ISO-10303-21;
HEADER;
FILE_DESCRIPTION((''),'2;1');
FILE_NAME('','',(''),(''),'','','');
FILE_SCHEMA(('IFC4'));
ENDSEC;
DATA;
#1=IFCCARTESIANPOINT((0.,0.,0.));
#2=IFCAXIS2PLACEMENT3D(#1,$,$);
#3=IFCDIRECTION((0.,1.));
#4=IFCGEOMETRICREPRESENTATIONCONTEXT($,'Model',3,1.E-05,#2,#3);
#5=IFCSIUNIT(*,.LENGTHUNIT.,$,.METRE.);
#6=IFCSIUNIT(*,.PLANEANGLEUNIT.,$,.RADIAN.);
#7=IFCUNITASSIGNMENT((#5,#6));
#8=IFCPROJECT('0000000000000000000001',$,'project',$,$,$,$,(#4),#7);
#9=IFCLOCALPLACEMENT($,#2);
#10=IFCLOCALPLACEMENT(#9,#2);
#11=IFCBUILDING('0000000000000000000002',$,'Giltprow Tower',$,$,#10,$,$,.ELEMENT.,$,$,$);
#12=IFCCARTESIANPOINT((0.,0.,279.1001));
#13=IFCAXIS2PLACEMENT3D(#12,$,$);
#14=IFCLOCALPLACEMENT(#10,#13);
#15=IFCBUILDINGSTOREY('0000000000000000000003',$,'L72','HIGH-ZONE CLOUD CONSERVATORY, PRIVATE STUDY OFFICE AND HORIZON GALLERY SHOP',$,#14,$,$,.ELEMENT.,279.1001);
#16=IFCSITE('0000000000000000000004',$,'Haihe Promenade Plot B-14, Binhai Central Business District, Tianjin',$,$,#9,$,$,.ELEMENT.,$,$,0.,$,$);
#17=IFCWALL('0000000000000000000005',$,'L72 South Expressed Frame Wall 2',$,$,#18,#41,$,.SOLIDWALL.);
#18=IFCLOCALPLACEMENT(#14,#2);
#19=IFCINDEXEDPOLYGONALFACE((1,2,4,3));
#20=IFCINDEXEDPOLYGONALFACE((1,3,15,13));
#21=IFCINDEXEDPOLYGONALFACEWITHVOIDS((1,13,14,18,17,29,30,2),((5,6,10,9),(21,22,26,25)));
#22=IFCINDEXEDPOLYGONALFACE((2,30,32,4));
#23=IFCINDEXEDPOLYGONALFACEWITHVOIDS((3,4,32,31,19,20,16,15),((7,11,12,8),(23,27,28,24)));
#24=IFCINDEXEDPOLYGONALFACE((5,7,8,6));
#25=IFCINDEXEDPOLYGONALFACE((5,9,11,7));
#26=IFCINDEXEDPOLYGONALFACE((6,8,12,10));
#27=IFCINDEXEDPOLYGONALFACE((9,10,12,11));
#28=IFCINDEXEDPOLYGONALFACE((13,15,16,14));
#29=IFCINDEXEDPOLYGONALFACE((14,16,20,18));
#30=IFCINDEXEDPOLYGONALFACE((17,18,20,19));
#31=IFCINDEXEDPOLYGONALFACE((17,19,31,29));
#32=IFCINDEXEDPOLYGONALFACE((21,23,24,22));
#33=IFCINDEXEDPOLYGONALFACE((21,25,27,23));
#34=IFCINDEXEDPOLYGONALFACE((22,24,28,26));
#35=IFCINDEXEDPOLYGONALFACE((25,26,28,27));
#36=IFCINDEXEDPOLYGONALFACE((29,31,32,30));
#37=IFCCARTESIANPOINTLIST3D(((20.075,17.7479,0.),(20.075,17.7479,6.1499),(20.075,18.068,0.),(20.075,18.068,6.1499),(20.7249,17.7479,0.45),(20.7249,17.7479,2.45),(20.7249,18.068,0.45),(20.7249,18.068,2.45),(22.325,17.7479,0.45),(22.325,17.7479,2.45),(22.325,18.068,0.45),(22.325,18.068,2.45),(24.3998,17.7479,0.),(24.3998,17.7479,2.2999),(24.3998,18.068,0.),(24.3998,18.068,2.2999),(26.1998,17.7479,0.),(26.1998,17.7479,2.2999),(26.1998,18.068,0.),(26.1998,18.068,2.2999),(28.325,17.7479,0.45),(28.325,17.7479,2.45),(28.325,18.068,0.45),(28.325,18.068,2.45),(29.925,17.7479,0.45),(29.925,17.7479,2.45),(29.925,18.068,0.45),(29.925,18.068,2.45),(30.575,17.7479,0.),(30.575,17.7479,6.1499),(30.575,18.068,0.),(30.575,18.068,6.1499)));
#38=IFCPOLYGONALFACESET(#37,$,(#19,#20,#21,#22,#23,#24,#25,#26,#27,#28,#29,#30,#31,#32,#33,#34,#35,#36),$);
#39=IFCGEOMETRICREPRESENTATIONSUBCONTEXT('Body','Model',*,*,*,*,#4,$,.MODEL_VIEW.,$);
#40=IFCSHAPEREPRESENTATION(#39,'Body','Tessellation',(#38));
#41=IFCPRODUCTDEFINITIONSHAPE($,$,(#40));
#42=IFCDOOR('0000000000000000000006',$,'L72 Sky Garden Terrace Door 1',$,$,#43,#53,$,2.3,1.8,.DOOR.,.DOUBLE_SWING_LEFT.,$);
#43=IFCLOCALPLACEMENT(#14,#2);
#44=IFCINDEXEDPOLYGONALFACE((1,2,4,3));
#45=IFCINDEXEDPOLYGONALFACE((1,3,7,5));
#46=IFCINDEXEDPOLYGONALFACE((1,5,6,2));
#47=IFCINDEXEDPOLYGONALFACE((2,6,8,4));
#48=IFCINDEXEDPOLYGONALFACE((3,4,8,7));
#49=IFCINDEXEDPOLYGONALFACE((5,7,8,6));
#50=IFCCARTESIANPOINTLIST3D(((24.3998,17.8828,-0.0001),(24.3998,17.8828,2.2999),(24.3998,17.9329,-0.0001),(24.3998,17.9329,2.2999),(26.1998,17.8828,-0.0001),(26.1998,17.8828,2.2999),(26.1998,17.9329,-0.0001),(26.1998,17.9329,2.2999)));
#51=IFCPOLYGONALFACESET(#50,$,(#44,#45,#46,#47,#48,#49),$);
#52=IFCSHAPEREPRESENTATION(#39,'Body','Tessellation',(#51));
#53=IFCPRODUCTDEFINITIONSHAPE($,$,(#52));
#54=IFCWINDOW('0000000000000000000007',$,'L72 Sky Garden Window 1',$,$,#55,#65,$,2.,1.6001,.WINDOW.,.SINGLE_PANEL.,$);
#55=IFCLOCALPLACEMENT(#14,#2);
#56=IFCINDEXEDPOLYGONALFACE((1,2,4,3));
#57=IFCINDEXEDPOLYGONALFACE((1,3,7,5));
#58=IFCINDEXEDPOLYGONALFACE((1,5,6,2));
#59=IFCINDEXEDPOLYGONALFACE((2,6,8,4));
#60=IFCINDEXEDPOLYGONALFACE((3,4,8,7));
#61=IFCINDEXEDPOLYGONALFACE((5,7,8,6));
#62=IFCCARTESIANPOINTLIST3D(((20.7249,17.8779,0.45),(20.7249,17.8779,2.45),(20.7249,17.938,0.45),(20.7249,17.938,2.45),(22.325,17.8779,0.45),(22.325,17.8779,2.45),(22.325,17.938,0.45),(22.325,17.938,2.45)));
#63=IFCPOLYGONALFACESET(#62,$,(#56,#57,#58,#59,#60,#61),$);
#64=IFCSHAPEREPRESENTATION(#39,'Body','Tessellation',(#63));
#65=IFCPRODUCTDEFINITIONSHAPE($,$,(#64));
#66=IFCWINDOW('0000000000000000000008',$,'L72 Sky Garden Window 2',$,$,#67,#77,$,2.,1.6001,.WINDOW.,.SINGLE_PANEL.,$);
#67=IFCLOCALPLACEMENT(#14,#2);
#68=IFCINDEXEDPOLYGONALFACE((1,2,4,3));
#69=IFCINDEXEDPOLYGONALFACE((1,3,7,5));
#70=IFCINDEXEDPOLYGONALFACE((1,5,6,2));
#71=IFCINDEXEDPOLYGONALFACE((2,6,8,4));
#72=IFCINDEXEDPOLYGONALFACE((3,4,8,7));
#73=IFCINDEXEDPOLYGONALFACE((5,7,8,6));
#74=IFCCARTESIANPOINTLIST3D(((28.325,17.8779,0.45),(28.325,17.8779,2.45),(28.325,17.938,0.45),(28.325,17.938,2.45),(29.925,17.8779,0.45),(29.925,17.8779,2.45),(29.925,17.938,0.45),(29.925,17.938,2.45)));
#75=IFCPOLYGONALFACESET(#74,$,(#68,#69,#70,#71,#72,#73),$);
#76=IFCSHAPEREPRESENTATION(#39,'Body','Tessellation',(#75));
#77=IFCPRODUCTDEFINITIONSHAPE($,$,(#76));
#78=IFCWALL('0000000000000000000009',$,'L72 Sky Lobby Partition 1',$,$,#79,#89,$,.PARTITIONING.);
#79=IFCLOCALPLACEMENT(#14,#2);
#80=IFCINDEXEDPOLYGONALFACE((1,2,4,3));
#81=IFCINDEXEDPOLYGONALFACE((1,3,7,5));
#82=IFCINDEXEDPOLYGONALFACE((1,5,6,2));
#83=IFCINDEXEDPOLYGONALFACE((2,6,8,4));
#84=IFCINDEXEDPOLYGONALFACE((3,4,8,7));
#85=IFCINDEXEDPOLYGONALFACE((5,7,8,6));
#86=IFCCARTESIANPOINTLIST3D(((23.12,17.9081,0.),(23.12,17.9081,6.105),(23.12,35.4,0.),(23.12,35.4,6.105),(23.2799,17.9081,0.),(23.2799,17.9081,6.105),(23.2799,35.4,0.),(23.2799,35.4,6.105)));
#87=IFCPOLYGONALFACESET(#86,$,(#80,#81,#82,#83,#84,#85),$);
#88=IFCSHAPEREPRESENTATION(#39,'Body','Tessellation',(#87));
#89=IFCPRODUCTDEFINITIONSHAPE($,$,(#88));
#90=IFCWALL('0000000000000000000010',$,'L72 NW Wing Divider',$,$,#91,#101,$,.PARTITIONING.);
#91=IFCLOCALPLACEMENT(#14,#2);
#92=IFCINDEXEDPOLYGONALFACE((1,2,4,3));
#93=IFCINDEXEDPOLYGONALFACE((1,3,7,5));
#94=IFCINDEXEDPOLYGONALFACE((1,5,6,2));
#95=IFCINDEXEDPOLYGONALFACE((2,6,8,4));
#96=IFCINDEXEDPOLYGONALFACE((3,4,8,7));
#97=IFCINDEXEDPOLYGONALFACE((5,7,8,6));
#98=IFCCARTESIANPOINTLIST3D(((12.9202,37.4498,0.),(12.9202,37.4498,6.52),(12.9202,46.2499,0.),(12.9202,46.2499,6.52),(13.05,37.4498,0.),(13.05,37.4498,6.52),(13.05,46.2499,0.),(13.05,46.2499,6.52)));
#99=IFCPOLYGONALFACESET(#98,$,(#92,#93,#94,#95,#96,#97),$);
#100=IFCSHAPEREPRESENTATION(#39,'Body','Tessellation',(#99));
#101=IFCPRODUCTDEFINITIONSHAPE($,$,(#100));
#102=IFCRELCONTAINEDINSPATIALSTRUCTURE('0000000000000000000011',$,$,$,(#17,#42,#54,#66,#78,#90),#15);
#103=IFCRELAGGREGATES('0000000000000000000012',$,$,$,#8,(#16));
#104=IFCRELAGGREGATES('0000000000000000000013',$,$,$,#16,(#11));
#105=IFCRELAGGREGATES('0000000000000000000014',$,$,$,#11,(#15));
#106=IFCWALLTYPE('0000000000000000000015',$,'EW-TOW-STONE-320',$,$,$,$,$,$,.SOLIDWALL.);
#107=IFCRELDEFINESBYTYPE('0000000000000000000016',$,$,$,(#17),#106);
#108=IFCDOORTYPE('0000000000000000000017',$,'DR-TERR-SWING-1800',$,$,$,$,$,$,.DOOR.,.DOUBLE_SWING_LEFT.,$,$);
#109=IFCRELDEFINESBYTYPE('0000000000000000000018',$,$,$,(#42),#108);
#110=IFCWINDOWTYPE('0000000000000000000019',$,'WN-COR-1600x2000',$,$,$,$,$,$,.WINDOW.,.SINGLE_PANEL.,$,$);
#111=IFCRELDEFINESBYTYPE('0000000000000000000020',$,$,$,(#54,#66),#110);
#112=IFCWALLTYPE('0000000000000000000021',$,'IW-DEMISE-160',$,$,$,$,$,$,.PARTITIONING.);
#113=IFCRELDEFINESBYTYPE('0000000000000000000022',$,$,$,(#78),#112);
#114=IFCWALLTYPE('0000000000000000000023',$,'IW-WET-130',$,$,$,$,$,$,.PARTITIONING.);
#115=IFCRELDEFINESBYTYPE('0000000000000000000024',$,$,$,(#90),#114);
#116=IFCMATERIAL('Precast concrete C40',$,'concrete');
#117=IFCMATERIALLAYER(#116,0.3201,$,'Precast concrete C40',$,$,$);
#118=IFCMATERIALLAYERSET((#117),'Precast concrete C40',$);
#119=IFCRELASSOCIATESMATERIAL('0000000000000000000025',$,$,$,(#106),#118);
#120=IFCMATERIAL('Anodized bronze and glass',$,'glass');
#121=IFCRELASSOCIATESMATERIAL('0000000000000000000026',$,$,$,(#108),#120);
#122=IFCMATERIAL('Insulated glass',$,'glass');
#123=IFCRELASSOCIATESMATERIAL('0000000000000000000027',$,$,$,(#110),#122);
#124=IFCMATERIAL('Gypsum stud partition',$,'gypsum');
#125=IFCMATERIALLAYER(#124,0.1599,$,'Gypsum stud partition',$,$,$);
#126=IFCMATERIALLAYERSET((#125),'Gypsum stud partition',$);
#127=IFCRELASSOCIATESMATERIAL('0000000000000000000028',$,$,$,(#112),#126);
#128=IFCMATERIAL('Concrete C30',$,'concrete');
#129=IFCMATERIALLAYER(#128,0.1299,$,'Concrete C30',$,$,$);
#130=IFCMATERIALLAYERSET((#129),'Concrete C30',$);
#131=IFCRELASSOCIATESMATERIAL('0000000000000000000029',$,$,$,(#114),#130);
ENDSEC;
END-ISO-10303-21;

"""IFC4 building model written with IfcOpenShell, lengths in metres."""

from ifc_helpers import new_model, si_unit, direction, frame, frame_2d, origin, place, context, subcontext, project, spatial, rectangle, extrude, source, transform, mapped, material, layer, layer_set, type_object, element, fill, save


model = new_model("IFC4")

# Units and contexts
model_context = context("Model", 3, precision=1e-05, world=origin(), true_north=direction((0.0, 1.0)))
body_context = subcontext(model_context, "Body", "Model", "MODEL_VIEW")
ifc_project = project(units=[si_unit("LENGTHUNIT", "METRE"), si_unit("PLANEANGLEUNIT", "RADIAN")], contexts=[model_context])

# Site, building, storey
site_placement = place(None, origin())
site = spatial("IfcSite", under=ifc_project, at=site_placement, Name="Haihe Promenade Plot B-14, Binhai Central Business District, Tianjin", CompositionType="ELEMENT", RefElevation=0.0)
building_placement = place(site_placement, origin())
building = spatial("IfcBuilding", under=site, at=building_placement, Name="Giltprow Tower", CompositionType="ELEMENT")
storey_placement = place(building_placement, frame((0.0, 0.0, 279.1001)))
storey = spatial("IfcBuildingStorey", under=building, at=storey_placement, Name="L72", Description="HIGH-ZONE CLOUD CONSERVATORY, PRIVATE STUDY OFFICE AND HORIZON GALLERY SHOP", CompositionType="ELEMENT", Elevation=279.1001)

# Shared definitions
ifc_material_1 = material(Name="Insulated glass", Category="glass")

# Wall, openings, door, windows
ifc_material_2 = material(Name="Precast concrete C40", Category="concrete")
ifc_layer_1 = layer(ifc_material_2, 0.3201, Name="Precast concrete C40")
ifc_layer_set_1 = layer_set([ifc_layer_1], Name="Precast concrete C40")
wall_type_1 = type_object("IfcWallType", Name="EW-TOW-STONE-320", PredefinedType="SOLIDWALL", material=ifc_layer_set_1)
wall_1_placement = place(storey_placement, frame((20.075, 17.908, 0.0), z_axis=(0.0, 0.0, 1.0), x_axis=(1.0, 0.0, 0.0)))
wall_1 = element("IfcWall", 1, at=wall_1_placement, inside=storey, type_object=wall_type_1, Name="L72 South Expressed Frame Wall 2", PredefinedType="SOLIDWALL", context=body_context, shape_type="SweptSolid", body=[
    extrude(rectangle(XDim=10.5, YDim=0.3201, at=frame_2d((5.25, 0.0))), origin(), (0.0, 0.0, 1.0), 6.1499),
])
opening_1_placement = place(wall_1_placement, frame((4.325, 0.0, 0.0)))
opening_1 = element("IfcOpeningElement", 2, at=opening_1_placement, cuts=wall_1, PredefinedType="OPENING", context=body_context, shape_type="SweptSolid", body=[
    extrude(rectangle(XDim=1.8, YDim=2.3, at=frame_2d((0.8999, 1.1499))), frame((0.0, 0.1699, 0.0), z_axis=(0.0, -1.0, 0.0), x_axis=(1.0, 0.0, 0.0)), (0.0, 0.0, 1.0), 0.3401),
])
opening_2_placement = place(wall_1_placement, frame((0.6499, 0.0, 0.45)))
opening_2 = element("IfcOpeningElement", 3, at=opening_2_placement, cuts=wall_1, PredefinedType="OPENING", context=body_context, shape_type="SweptSolid", body=[
    extrude(rectangle(XDim=1.6001, YDim=2.0, at=frame_2d((0.8, 1.0))), frame((0.0, 0.1699, 0.0), z_axis=(0.0, -1.0, 0.0), x_axis=(1.0, 0.0, 0.0)), (0.0, 0.0, 1.0), 0.3401),
])
opening_3_placement = place(wall_1_placement, frame((8.25, 0.0, 0.45)))
opening_3 = element("IfcOpeningElement", 4, at=opening_3_placement, cuts=wall_1, PredefinedType="OPENING", context=body_context, shape_type="SweptSolid", body=[
    extrude(rectangle(XDim=1.6001, YDim=2.0, at=frame_2d((0.8, 1.0))), frame((0.0, 0.1699, 0.0), z_axis=(0.0, -1.0, 0.0), x_axis=(1.0, 0.0, 0.0)), (0.0, 0.0, 1.0), 0.3401),
])
ifc_material_3 = material(Name="Anodized bronze and glass", Category="glass")
door_type = type_object("IfcDoorType", Name="DR-TERR-SWING-1800", OperationType="DOUBLE_SWING_LEFT", PredefinedType="DOOR", material=ifc_material_3)
shared_shape_1 = source(origin(), body_context, "Body", "SweptSolid", [
    extrude(rectangle(XDim=1.8, YDim=2.3, at=frame_2d((0.8999, 1.1499))), frame((0.0, 0.0249, 0.0), z_axis=(0.0, -1.0, 0.0), x_axis=(1.0, 0.0, 0.0)), (0.0, 0.0, 1.0), 0.05),
])
door_placement = place(opening_1_placement, origin())
door = element("IfcDoor", 5, at=door_placement, inside=storey, type_object=door_type, Name="L72 Sky Garden Terrace Door 1", OperationType="DOUBLE_SWING_LEFT", OverallHeight=2.3, OverallWidth=1.8, PredefinedType="DOOR", context=body_context, shape_type="MappedRepresentation", body=[
    mapped(shared_shape_1, transform((0.0, 0.0, 0.0), x_axis=(1.0, 0.0, 0.0), y_axis=(0.0, 1.0, 0.0), z_axis=(0.0, 0.0, 1.0), scale=1.0)),
])
fill(opening_1, door)
window_type = type_object("IfcWindowType", Name="WN-COR-1600x2000", PartitioningType="SINGLE_PANEL", PredefinedType="WINDOW", material=ifc_material_1)
shared_shape_2 = source(origin(), body_context, "Body", "SweptSolid", [
    extrude(rectangle(XDim=1.6001, YDim=2.0, at=frame_2d((0.8, 1.0))), frame((0.0, 0.03, 0.0), z_axis=(0.0, -1.0, 0.0), x_axis=(1.0, 0.0, 0.0)), (0.0, 0.0, 1.0), 0.0601),
])
window_1_placement = place(opening_2_placement, origin())
window_1 = element("IfcWindow", 6, at=window_1_placement, inside=storey, type_object=window_type, Name="L72 Sky Garden Window 1", OverallHeight=2.0, OverallWidth=1.6001, PartitioningType="SINGLE_PANEL", PredefinedType="WINDOW", context=body_context, shape_type="MappedRepresentation", body=[
    mapped(shared_shape_2, transform((0.0, 0.0, 0.0), x_axis=(1.0, 0.0, 0.0), y_axis=(0.0, 1.0, 0.0), z_axis=(0.0, 0.0, 1.0), scale=1.0)),
])
fill(opening_2, window_1)
window_2_placement = place(opening_3_placement, origin())
window_2 = element("IfcWindow", 7, at=window_2_placement, inside=storey, type_object=window_type, Name="L72 Sky Garden Window 2", OverallHeight=2.0, OverallWidth=1.6001, PartitioningType="SINGLE_PANEL", PredefinedType="WINDOW", context=body_context, shape_type="MappedRepresentation", body=[
    mapped(shared_shape_2, transform((0.0, 0.0, 0.0), x_axis=(1.0, 0.0, 0.0), y_axis=(0.0, 1.0, 0.0), z_axis=(0.0, 0.0, 1.0), scale=1.0)),
])
fill(opening_3, window_2)

# Walls
ifc_material_4 = material(Name="Gypsum stud partition", Category="gypsum")
ifc_layer_2 = layer(ifc_material_4, 0.1599, Name="Gypsum stud partition")
ifc_layer_set_2 = layer_set([ifc_layer_2], Name="Gypsum stud partition")
wall_type_2 = type_object("IfcWallType", Name="IW-DEMISE-160", PredefinedType="PARTITIONING", material=ifc_layer_set_2)
wall_2_placement = place(storey_placement, frame((23.2, 17.908, 0.0), z_axis=(0.0, 0.0, 1.0), x_axis=(0.0, 1.0, 0.0)))
element("IfcWall", 8, at=wall_2_placement, inside=storey, type_object=wall_type_2, Name="L72 Sky Lobby Partition 1", PredefinedType="PARTITIONING", context=body_context, shape_type="SweptSolid", body=[
    extrude(rectangle(XDim=17.4919, YDim=0.1599, at=frame_2d((8.7461, 0.0))), origin(), (0.0, 0.0, 1.0), 6.105),
])
ifc_material_5 = material(Name="Concrete C30", Category="concrete")
ifc_layer_3 = layer(ifc_material_5, 0.1299, Name="Concrete C30")
ifc_layer_set_3 = layer_set([ifc_layer_3], Name="Concrete C30")
wall_type_3 = type_object("IfcWallType", Name="IW-WET-130", PredefinedType="PARTITIONING", material=ifc_layer_set_3)
wall_3_placement = place(storey_placement, frame((12.9851, 37.45, 0.0), z_axis=(0.0, 0.0, 1.0), x_axis=(0.0, 1.0, 0.0)))
element("IfcWall", 9, at=wall_3_placement, inside=storey, type_object=wall_type_3, Name="L72 NW Wing Divider", PredefinedType="PARTITIONING", context=body_context, shape_type="SweptSolid", body=[
    extrude(rectangle(XDim=8.8, YDim=0.1299, at=frame_2d((4.3999, 0.0))), origin(), (0.0, 0.0, 1.0), 6.52),
])

save(model, "model.ifc")
